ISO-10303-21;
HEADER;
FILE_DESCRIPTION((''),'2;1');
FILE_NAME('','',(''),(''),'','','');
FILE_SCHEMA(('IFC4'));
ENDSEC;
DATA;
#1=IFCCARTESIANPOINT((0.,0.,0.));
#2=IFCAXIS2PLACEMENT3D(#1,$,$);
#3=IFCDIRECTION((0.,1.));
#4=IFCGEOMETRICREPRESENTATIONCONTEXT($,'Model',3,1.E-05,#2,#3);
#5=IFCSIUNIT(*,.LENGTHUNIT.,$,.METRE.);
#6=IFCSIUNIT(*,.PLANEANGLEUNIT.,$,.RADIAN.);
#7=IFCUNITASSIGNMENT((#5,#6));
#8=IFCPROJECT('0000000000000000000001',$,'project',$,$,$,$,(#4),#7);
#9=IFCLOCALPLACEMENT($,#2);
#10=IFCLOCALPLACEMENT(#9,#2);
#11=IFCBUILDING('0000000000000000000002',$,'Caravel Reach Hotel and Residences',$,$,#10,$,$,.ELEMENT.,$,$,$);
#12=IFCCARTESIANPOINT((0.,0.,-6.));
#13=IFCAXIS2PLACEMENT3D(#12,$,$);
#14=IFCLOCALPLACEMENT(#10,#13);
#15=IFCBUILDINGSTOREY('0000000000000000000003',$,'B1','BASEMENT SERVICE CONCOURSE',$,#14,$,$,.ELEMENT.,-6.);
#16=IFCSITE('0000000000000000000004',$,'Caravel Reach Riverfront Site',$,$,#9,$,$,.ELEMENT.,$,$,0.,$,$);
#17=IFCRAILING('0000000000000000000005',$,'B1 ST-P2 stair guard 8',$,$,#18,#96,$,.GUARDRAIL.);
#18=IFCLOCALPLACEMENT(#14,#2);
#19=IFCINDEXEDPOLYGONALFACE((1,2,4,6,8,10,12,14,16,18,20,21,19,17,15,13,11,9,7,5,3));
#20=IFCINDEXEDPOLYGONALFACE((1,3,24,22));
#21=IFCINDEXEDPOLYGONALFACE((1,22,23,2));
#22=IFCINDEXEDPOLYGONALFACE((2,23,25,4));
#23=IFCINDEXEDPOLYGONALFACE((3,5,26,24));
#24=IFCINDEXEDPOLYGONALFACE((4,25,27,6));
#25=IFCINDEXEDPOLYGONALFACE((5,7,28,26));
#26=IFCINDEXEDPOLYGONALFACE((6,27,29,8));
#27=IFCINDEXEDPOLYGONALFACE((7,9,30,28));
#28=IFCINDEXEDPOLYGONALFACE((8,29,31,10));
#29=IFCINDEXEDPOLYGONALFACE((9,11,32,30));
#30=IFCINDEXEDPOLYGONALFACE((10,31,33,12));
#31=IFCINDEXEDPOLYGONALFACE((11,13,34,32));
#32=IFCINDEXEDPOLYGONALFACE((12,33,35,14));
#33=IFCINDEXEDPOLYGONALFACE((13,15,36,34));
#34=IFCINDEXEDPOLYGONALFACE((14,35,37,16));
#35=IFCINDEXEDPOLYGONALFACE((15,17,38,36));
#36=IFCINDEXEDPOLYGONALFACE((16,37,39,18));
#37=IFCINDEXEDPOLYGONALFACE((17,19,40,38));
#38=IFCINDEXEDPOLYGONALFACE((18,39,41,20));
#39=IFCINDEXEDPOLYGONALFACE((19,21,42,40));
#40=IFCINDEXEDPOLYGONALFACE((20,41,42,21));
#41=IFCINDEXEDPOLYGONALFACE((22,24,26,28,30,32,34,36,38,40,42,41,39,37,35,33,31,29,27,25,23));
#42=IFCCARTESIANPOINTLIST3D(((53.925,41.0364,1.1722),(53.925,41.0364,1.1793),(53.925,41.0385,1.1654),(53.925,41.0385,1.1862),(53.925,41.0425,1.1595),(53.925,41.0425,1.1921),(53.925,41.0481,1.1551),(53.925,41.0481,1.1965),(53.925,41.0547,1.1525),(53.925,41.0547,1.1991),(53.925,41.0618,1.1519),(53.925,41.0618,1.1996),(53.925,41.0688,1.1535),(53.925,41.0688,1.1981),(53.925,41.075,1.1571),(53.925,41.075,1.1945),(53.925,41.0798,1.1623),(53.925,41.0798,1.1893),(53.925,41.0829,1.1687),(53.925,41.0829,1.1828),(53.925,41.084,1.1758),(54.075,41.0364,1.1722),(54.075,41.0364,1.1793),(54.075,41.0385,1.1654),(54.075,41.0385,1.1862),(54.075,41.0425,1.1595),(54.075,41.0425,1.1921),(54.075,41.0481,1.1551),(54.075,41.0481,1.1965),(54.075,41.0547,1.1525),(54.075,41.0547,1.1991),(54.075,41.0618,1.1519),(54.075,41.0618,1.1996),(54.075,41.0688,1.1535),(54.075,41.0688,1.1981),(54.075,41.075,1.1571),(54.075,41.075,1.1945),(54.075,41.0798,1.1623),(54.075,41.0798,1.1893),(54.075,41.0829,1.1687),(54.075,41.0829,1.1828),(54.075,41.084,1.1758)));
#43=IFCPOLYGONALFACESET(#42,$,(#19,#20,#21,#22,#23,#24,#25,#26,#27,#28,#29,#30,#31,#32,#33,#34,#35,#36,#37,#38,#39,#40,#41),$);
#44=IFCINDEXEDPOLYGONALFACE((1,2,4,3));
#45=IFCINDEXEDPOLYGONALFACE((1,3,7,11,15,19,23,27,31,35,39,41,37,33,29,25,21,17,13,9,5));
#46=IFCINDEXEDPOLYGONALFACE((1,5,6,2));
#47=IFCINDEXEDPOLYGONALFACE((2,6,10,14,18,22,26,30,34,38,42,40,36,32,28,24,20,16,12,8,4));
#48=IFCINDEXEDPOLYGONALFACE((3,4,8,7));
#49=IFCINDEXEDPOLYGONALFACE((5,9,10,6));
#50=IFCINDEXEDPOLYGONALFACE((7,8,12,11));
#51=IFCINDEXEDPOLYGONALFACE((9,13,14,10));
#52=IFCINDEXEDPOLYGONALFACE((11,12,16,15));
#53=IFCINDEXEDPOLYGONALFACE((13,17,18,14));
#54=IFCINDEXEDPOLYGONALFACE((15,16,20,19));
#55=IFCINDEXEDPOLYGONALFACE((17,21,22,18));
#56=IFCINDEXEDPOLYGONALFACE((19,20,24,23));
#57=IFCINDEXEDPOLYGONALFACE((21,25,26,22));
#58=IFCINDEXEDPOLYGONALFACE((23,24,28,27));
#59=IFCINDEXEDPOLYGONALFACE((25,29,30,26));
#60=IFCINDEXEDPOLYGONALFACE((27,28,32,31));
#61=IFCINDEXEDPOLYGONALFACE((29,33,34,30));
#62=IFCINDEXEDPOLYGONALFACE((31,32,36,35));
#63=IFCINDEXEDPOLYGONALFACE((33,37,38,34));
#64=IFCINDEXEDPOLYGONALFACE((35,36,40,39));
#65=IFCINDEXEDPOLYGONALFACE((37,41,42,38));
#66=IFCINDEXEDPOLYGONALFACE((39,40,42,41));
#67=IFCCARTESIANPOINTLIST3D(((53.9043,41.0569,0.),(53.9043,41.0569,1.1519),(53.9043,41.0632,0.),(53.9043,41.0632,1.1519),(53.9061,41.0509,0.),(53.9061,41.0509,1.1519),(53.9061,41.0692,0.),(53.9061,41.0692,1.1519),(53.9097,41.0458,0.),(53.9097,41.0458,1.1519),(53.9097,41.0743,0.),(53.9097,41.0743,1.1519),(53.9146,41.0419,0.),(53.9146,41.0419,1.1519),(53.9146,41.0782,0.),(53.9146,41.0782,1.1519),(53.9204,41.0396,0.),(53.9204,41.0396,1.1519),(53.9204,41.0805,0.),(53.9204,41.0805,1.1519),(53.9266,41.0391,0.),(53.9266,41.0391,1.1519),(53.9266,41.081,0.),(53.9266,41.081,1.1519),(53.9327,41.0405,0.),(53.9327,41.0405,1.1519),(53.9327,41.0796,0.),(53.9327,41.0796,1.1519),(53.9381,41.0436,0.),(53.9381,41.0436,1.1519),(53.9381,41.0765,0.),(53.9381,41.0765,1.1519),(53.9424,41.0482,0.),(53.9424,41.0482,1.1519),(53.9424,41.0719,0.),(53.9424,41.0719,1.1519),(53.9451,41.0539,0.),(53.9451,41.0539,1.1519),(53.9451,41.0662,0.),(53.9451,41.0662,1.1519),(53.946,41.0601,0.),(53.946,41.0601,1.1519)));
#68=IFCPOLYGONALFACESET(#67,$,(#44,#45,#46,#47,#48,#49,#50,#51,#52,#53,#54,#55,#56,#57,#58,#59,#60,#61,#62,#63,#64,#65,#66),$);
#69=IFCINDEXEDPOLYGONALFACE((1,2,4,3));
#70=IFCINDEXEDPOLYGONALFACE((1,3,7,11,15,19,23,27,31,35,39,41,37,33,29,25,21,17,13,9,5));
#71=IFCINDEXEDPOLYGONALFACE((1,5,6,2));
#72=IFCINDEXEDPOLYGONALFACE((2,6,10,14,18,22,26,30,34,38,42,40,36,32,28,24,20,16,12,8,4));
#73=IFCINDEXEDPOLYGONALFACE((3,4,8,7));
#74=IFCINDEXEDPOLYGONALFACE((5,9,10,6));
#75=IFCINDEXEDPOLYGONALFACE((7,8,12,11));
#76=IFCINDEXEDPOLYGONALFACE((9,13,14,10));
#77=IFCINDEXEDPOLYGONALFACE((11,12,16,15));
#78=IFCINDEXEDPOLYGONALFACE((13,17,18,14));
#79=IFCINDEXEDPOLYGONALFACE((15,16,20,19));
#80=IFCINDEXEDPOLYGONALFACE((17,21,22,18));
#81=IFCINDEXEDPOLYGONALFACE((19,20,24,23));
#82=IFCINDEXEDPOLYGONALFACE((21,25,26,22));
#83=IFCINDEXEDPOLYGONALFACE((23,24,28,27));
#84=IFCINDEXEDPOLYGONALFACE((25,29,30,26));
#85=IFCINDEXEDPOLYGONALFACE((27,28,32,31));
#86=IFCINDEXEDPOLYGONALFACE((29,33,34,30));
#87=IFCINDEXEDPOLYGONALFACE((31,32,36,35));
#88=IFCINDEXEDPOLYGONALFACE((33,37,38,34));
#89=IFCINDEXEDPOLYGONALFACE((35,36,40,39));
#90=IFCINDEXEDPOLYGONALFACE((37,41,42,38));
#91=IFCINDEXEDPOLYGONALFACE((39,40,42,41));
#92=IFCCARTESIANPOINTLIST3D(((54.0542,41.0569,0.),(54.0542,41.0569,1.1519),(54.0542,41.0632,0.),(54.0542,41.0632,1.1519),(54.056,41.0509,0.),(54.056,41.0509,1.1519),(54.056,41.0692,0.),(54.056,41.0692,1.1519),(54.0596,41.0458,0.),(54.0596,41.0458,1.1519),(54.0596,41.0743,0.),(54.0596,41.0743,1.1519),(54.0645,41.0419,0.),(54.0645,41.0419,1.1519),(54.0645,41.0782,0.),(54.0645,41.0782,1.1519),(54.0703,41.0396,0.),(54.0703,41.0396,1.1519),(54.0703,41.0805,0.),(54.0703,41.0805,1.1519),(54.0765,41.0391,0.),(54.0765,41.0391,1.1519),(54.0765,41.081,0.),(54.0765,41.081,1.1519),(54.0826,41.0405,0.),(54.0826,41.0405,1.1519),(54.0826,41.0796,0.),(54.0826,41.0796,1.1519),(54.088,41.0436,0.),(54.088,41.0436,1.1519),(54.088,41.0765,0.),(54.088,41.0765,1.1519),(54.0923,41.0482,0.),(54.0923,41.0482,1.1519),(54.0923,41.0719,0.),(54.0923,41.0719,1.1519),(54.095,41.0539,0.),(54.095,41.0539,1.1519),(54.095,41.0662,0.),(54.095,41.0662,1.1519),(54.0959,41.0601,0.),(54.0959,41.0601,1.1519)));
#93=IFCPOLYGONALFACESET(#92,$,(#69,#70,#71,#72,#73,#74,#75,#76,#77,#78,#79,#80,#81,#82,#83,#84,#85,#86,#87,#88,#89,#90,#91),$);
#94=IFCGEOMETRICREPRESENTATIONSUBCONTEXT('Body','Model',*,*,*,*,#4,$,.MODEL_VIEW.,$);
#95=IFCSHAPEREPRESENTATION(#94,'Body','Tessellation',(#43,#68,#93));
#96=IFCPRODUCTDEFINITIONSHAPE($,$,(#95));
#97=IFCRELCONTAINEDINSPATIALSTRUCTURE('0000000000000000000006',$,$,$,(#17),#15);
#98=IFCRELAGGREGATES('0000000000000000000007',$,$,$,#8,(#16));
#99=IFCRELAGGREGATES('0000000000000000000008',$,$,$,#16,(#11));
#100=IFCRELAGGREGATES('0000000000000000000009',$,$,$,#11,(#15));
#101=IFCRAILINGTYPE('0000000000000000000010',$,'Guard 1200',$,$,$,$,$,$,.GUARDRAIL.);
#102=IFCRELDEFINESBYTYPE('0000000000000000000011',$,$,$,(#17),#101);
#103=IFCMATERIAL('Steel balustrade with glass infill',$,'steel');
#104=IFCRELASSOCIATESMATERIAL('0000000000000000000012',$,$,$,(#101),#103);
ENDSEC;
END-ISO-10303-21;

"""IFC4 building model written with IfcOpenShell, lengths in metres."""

from ifc_helpers import new_model, si_unit, direction, frame, origin, origin_2d, place, context, subcontext, project, spatial, circle, extrude, material, type_object, element, save


model = new_model("IFC4")

# Units and contexts
model_context = context("Model", 3, precision=1e-05, world=origin(), true_north=direction((0.0, 1.0)))
body_context = subcontext(model_context, "Body", "Model", "MODEL_VIEW")
ifc_project = project(units=[si_unit("LENGTHUNIT", "METRE"), si_unit("PLANEANGLEUNIT", "RADIAN")], contexts=[model_context])

# Site, building, storey
site_placement = place(None, origin())
site = spatial("IfcSite", under=ifc_project, at=site_placement, Name="Caravel Reach Riverfront Site", CompositionType="ELEMENT", RefElevation=0.0)
building_placement = place(site_placement, origin())
building = spatial("IfcBuilding", under=site, at=building_placement, Name="Caravel Reach Hotel and Residences", CompositionType="ELEMENT")
storey_placement = place(building_placement, frame((0.0, 0.0, -6.0)))
storey = spatial("IfcBuildingStorey", under=building, at=storey_placement, Name="B1", Description="BASEMENT SERVICE CONCOURSE", CompositionType="ELEMENT", Elevation=-6.0)

# Railing
ifc_material_1 = material(Name="Steel balustrade with glass infill", Category="steel")
railing_type_1 = type_object("IfcRailingType", Name="Guard 1200", PredefinedType="GUARDRAIL", material=ifc_material_1)
railing_1_placement = place(storey_placement, frame((53.925, 41.0601, 0.0)))
element("IfcRailing", 1, at=railing_1_placement, inside=storey, type_object=railing_type_1, Name="B1 ST-P2 stair guard 8", PredefinedType="GUARDRAIL", context=body_context, shape_type="SweptSolid", body=[
    extrude(circle(Radius=0.0239, at=origin_2d()), frame((0.0, 0.0, 1.1758), z_axis=(1.0, 0.0, 0.0), x_axis=(0.0, 1.0, 0.0)), (0.0, 0.0, 1.0), 0.1499),
    extrude(circle(Radius=0.021, at=origin_2d()), origin(), (0.0, 0.0, 1.0), 1.1519),
    extrude(circle(Radius=0.021, at=origin_2d()), frame((0.1499, 0.0, 0.0)), (0.0, 0.0, 1.0), 1.1519),
])

save(model, "model.ifc")
